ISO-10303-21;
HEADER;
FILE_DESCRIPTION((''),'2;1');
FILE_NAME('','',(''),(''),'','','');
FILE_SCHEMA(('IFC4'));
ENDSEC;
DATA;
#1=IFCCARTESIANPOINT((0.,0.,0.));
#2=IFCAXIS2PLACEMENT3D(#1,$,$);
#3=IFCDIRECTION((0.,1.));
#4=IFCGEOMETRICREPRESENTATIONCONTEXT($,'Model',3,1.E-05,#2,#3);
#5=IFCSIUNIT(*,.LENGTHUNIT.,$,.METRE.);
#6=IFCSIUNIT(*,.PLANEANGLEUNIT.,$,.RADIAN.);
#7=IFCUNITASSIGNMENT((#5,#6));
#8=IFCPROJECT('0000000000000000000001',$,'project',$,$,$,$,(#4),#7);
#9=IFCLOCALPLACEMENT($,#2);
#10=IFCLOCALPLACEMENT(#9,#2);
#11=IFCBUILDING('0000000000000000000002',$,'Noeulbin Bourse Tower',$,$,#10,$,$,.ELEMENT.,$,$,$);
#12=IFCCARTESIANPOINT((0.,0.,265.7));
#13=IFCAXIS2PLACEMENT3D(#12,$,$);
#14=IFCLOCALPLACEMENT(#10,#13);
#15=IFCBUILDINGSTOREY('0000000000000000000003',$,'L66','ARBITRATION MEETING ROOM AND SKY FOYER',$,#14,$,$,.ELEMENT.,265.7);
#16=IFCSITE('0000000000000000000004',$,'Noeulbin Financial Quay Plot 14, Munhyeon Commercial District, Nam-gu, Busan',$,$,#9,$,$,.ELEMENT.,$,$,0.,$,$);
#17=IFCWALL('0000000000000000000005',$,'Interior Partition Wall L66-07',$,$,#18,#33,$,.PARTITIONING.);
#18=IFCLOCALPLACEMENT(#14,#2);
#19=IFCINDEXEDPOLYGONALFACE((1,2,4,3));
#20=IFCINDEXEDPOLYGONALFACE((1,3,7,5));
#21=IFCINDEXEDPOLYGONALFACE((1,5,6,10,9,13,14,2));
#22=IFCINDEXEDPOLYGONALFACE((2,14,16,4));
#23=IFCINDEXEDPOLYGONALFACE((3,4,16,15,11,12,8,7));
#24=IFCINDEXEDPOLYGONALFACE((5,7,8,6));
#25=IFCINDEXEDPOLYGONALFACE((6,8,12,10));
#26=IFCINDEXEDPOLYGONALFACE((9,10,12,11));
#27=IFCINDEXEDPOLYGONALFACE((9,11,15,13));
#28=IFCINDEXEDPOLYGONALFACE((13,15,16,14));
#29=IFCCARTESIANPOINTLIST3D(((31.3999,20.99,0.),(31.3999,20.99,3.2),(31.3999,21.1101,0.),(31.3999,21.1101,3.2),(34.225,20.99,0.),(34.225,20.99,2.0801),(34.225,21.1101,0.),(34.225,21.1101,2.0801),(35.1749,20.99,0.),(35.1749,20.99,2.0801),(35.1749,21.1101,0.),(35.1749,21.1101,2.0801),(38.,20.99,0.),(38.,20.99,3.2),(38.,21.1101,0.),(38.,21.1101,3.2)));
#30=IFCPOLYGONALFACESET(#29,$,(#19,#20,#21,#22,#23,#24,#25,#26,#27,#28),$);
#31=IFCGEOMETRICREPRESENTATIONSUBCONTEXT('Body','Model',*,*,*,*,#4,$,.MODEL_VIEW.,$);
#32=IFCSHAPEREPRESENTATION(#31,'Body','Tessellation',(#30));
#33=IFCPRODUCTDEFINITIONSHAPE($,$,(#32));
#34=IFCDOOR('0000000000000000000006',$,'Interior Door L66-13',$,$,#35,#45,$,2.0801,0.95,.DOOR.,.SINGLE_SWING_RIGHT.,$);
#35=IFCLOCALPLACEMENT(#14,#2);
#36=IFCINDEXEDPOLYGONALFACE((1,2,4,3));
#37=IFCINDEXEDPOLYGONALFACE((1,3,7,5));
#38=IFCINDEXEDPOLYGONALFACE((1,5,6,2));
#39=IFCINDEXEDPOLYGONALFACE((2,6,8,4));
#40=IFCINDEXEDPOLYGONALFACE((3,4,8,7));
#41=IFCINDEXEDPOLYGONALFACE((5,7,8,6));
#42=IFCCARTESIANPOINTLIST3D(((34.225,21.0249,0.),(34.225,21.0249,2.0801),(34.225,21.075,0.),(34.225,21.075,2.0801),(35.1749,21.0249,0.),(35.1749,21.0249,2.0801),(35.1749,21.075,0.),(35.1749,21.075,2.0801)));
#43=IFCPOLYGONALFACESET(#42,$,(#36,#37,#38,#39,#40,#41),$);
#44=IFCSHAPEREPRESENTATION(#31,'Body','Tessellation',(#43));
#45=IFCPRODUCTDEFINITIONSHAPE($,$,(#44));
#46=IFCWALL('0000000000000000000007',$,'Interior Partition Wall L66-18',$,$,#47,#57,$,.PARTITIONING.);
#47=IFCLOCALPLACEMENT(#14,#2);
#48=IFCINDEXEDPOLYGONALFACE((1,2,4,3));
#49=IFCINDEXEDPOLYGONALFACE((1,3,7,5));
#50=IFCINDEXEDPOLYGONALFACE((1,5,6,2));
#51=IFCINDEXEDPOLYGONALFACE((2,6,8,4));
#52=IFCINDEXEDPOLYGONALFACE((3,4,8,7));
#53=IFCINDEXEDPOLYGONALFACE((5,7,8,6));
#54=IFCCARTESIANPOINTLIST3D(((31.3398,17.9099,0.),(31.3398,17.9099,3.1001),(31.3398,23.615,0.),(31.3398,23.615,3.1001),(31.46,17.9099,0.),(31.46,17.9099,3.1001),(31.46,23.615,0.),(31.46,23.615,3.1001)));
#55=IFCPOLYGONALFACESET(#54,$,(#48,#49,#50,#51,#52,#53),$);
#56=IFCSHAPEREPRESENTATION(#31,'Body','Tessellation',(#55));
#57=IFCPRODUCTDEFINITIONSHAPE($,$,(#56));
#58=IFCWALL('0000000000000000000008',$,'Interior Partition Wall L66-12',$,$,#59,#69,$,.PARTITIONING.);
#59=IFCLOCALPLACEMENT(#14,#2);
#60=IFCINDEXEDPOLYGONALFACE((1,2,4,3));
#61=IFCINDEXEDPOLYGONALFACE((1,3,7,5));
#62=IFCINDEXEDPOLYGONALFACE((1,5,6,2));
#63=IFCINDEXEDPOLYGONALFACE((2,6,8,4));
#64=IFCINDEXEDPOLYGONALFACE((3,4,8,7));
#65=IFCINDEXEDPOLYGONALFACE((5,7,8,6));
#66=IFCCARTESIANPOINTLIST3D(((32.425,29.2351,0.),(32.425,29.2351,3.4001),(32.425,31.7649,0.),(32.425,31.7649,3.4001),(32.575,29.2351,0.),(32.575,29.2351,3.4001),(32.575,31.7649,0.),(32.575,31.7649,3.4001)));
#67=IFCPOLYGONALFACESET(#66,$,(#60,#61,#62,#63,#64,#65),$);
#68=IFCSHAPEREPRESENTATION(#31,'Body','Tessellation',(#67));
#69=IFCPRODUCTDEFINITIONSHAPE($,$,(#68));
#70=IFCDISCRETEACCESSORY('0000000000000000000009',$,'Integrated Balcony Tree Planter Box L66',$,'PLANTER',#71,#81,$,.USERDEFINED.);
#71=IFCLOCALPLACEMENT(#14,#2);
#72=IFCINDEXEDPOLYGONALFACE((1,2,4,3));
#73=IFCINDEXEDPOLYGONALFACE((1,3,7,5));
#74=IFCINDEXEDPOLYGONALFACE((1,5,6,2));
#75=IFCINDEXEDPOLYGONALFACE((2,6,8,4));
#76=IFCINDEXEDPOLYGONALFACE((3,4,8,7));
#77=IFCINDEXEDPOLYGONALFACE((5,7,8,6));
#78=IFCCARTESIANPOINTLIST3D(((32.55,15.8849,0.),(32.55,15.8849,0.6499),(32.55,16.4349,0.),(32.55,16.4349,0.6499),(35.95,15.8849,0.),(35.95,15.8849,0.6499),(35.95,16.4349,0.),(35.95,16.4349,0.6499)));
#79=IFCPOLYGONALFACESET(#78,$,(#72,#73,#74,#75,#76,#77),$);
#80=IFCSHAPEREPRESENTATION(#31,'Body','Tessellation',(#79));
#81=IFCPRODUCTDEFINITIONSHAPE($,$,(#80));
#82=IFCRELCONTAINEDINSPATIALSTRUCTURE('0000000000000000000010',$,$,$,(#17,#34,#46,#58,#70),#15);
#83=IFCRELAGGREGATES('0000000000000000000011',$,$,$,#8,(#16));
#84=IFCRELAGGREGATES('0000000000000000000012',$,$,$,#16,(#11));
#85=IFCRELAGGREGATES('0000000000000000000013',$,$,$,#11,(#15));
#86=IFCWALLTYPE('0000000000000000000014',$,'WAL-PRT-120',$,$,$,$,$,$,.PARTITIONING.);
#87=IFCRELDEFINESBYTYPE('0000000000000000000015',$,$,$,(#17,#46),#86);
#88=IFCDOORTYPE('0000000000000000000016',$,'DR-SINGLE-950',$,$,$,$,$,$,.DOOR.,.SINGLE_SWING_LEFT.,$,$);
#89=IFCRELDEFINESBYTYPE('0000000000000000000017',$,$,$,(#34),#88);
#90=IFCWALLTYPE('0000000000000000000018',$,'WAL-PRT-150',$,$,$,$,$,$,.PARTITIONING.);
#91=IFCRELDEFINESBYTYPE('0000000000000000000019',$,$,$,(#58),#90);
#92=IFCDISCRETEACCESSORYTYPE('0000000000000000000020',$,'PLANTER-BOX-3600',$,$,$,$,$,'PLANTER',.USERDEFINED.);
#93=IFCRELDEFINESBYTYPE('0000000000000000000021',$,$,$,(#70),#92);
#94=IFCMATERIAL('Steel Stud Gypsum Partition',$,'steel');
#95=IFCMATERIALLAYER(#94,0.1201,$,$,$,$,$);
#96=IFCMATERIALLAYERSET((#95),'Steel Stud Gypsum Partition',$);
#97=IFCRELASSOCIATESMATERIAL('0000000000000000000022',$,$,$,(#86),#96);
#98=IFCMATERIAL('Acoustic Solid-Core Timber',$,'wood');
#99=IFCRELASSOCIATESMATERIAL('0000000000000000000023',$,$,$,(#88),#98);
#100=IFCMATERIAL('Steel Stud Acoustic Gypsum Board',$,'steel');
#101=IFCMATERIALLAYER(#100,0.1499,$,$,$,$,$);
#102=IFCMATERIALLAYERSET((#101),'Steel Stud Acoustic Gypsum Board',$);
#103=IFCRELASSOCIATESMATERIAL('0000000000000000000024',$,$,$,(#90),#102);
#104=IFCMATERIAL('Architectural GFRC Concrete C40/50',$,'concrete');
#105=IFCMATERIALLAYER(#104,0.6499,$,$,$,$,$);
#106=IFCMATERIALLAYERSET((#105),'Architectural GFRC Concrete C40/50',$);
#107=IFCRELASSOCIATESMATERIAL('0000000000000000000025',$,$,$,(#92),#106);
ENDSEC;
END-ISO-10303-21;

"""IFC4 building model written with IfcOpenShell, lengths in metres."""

from ifc_helpers import new_model, si_unit, direction, frame, frame_2d, origin, origin_2d, place, context, subcontext, project, spatial, rectangle, extrude, material, layer, layer_set, type_object, element, fill, save


model = new_model("IFC4")

# Units and contexts
model_context = context("Model", 3, precision=1e-05, world=origin(), true_north=direction((0.0, 1.0)))
body_context = subcontext(model_context, "Body", "Model", "MODEL_VIEW")
ifc_project = project(units=[si_unit("LENGTHUNIT", "METRE"), si_unit("PLANEANGLEUNIT", "RADIAN")], contexts=[model_context])

# Site, building, storey
site_placement = place(None, origin())
site = spatial("IfcSite", under=ifc_project, at=site_placement, Name="Noeulbin Financial Quay Plot 14, Munhyeon Commercial District, Nam-gu, Busan", CompositionType="ELEMENT", RefElevation=0.0)
building_placement = place(site_placement, origin())
building = spatial("IfcBuilding", under=site, at=building_placement, Name="Noeulbin Bourse Tower", CompositionType="ELEMENT")
storey_placement = place(building_placement, frame((0.0, 0.0, 265.7)))
storey = spatial("IfcBuildingStorey", under=building, at=storey_placement, Name="L66", Description="ARBITRATION MEETING ROOM AND SKY FOYER", CompositionType="ELEMENT", Elevation=265.7)

# Wall, opening, door
ifc_material_1 = material(Name="Steel Stud Gypsum Partition", Category="steel")
ifc_layer_1 = layer(ifc_material_1, 0.1201)
ifc_layer_set_1 = layer_set([ifc_layer_1], Name="Steel Stud Gypsum Partition")
wall_type_1 = type_object("IfcWallType", Name="WAL-PRT-120", PredefinedType="PARTITIONING", material=ifc_layer_set_1)
wall_1_placement = place(storey_placement, frame((31.3999, 21.05, 0.0), z_axis=(0.0, 0.0, 1.0), x_axis=(1.0, 0.0, 0.0)))
wall_1 = element("IfcWall", 1, at=wall_1_placement, inside=storey, type_object=wall_type_1, Name="Interior Partition Wall L66-07", PredefinedType="PARTITIONING", context=body_context, shape_type="SweptSolid", body=[
    extrude(rectangle(XDim=6.6001, YDim=0.1201, at=frame_2d((3.3, 0.0))), origin(), (0.0, 0.0, 1.0), 3.2),
])
opening_1_placement = place(wall_1_placement, frame((2.825, 0.0, 0.0)))
opening_1 = element("IfcOpeningElement", 2, at=opening_1_placement, cuts=wall_1, PredefinedType="OPENING", context=body_context, shape_type="SweptSolid", body=[
    extrude(rectangle(XDim=0.95, YDim=2.0801, at=frame_2d((0.4751, 1.04))), frame((0.0, 0.0701, 0.0), z_axis=(0.0, -1.0, 0.0), x_axis=(1.0, 0.0, 0.0)), (0.0, 0.0, 1.0), 0.1401),
])
ifc_material_2 = material(Name="Acoustic Solid-Core Timber", Category="wood")
door_type_1 = type_object("IfcDoorType", Name="DR-SINGLE-950", OperationType="SINGLE_SWING_LEFT", PredefinedType="DOOR", material=ifc_material_2)
door_1_placement = place(opening_1_placement, origin())
door_1 = element("IfcDoor", 3, at=door_1_placement, inside=storey, type_object=door_type_1, Name="Interior Door L66-13", OperationType="SINGLE_SWING_RIGHT", OverallHeight=2.0801, OverallWidth=0.95, PredefinedType="DOOR", context=body_context, shape_type="SweptSolid", body=[
    extrude(rectangle(XDim=0.95, YDim=2.0801, at=frame_2d((0.4751, 1.04))), frame((0.0, 0.0249, 0.0), z_axis=(0.0, -1.0, 0.0), x_axis=(1.0, 0.0, 0.0)), (0.0, 0.0, 1.0), 0.05),
])
fill(opening_1, door_1)

# Walls
wall_2_placement = place(storey_placement, frame((31.3999, 17.9099, 0.0), z_axis=(0.0, 0.0, 1.0), x_axis=(0.0, 1.0, 0.0)))
element("IfcWall", 4, at=wall_2_placement, inside=storey, type_object=wall_type_1, Name="Interior Partition Wall L66-18", PredefinedType="PARTITIONING", context=body_context, shape_type="SweptSolid", body=[
    extrude(rectangle(XDim=5.7051, YDim=0.1201, at=frame_2d((2.8525, 0.0))), origin(), (0.0, 0.0, 1.0), 3.1001),
])
ifc_material_3 = material(Name="Steel Stud Acoustic Gypsum Board", Category="steel")
ifc_layer_2 = layer(ifc_material_3, 0.1499)
ifc_layer_set_2 = layer_set([ifc_layer_2], Name="Steel Stud Acoustic Gypsum Board")
wall_type_2 = type_object("IfcWallType", Name="WAL-PRT-150", PredefinedType="PARTITIONING", material=ifc_layer_set_2)
wall_3_placement = place(storey_placement, frame((32.5, 29.2351, 0.0), z_axis=(0.0, 0.0, 1.0), x_axis=(0.0, 1.0, 0.0)))
element("IfcWall", 5, at=wall_3_placement, inside=storey, type_object=wall_type_2, Name="Interior Partition Wall L66-12", PredefinedType="PARTITIONING", context=body_context, shape_type="SweptSolid", body=[
    extrude(rectangle(XDim=2.5298, YDim=0.1499, at=frame_2d((1.2649, 0.0))), origin(), (0.0, 0.0, 1.0), 3.4001),
])

# Discrete accessory
ifc_material_4 = material(Name="Architectural GFRC Concrete C40/50", Category="concrete")
ifc_layer_3 = layer(ifc_material_4, 0.6499)
ifc_layer_set_3 = layer_set([ifc_layer_3], Name="Architectural GFRC Concrete C40/50")
discrete_accessory_type = type_object("IfcDiscreteAccessoryType", Name="PLANTER-BOX-3600", ElementType="PLANTER", PredefinedType="USERDEFINED", material=ifc_layer_set_3)
discrete_accessory_placement = place(storey_placement, frame((34.25, 16.1599, 0.0), z_axis=(0.0, 0.0, 1.0), x_axis=(1.0, 0.0, 0.0)))
element("IfcDiscreteAccessory", 6, at=discrete_accessory_placement, inside=storey, type_object=discrete_accessory_type, Name="Integrated Balcony Tree Planter Box L66", ObjectType="PLANTER", PredefinedType="USERDEFINED", context=body_context, shape_type="SweptSolid", body=[
    extrude(rectangle(XDim=3.3999, YDim=0.55, at=origin_2d()), origin(), (0.0, 0.0, 1.0), 0.6499),
])

save(model, "model.ifc")
